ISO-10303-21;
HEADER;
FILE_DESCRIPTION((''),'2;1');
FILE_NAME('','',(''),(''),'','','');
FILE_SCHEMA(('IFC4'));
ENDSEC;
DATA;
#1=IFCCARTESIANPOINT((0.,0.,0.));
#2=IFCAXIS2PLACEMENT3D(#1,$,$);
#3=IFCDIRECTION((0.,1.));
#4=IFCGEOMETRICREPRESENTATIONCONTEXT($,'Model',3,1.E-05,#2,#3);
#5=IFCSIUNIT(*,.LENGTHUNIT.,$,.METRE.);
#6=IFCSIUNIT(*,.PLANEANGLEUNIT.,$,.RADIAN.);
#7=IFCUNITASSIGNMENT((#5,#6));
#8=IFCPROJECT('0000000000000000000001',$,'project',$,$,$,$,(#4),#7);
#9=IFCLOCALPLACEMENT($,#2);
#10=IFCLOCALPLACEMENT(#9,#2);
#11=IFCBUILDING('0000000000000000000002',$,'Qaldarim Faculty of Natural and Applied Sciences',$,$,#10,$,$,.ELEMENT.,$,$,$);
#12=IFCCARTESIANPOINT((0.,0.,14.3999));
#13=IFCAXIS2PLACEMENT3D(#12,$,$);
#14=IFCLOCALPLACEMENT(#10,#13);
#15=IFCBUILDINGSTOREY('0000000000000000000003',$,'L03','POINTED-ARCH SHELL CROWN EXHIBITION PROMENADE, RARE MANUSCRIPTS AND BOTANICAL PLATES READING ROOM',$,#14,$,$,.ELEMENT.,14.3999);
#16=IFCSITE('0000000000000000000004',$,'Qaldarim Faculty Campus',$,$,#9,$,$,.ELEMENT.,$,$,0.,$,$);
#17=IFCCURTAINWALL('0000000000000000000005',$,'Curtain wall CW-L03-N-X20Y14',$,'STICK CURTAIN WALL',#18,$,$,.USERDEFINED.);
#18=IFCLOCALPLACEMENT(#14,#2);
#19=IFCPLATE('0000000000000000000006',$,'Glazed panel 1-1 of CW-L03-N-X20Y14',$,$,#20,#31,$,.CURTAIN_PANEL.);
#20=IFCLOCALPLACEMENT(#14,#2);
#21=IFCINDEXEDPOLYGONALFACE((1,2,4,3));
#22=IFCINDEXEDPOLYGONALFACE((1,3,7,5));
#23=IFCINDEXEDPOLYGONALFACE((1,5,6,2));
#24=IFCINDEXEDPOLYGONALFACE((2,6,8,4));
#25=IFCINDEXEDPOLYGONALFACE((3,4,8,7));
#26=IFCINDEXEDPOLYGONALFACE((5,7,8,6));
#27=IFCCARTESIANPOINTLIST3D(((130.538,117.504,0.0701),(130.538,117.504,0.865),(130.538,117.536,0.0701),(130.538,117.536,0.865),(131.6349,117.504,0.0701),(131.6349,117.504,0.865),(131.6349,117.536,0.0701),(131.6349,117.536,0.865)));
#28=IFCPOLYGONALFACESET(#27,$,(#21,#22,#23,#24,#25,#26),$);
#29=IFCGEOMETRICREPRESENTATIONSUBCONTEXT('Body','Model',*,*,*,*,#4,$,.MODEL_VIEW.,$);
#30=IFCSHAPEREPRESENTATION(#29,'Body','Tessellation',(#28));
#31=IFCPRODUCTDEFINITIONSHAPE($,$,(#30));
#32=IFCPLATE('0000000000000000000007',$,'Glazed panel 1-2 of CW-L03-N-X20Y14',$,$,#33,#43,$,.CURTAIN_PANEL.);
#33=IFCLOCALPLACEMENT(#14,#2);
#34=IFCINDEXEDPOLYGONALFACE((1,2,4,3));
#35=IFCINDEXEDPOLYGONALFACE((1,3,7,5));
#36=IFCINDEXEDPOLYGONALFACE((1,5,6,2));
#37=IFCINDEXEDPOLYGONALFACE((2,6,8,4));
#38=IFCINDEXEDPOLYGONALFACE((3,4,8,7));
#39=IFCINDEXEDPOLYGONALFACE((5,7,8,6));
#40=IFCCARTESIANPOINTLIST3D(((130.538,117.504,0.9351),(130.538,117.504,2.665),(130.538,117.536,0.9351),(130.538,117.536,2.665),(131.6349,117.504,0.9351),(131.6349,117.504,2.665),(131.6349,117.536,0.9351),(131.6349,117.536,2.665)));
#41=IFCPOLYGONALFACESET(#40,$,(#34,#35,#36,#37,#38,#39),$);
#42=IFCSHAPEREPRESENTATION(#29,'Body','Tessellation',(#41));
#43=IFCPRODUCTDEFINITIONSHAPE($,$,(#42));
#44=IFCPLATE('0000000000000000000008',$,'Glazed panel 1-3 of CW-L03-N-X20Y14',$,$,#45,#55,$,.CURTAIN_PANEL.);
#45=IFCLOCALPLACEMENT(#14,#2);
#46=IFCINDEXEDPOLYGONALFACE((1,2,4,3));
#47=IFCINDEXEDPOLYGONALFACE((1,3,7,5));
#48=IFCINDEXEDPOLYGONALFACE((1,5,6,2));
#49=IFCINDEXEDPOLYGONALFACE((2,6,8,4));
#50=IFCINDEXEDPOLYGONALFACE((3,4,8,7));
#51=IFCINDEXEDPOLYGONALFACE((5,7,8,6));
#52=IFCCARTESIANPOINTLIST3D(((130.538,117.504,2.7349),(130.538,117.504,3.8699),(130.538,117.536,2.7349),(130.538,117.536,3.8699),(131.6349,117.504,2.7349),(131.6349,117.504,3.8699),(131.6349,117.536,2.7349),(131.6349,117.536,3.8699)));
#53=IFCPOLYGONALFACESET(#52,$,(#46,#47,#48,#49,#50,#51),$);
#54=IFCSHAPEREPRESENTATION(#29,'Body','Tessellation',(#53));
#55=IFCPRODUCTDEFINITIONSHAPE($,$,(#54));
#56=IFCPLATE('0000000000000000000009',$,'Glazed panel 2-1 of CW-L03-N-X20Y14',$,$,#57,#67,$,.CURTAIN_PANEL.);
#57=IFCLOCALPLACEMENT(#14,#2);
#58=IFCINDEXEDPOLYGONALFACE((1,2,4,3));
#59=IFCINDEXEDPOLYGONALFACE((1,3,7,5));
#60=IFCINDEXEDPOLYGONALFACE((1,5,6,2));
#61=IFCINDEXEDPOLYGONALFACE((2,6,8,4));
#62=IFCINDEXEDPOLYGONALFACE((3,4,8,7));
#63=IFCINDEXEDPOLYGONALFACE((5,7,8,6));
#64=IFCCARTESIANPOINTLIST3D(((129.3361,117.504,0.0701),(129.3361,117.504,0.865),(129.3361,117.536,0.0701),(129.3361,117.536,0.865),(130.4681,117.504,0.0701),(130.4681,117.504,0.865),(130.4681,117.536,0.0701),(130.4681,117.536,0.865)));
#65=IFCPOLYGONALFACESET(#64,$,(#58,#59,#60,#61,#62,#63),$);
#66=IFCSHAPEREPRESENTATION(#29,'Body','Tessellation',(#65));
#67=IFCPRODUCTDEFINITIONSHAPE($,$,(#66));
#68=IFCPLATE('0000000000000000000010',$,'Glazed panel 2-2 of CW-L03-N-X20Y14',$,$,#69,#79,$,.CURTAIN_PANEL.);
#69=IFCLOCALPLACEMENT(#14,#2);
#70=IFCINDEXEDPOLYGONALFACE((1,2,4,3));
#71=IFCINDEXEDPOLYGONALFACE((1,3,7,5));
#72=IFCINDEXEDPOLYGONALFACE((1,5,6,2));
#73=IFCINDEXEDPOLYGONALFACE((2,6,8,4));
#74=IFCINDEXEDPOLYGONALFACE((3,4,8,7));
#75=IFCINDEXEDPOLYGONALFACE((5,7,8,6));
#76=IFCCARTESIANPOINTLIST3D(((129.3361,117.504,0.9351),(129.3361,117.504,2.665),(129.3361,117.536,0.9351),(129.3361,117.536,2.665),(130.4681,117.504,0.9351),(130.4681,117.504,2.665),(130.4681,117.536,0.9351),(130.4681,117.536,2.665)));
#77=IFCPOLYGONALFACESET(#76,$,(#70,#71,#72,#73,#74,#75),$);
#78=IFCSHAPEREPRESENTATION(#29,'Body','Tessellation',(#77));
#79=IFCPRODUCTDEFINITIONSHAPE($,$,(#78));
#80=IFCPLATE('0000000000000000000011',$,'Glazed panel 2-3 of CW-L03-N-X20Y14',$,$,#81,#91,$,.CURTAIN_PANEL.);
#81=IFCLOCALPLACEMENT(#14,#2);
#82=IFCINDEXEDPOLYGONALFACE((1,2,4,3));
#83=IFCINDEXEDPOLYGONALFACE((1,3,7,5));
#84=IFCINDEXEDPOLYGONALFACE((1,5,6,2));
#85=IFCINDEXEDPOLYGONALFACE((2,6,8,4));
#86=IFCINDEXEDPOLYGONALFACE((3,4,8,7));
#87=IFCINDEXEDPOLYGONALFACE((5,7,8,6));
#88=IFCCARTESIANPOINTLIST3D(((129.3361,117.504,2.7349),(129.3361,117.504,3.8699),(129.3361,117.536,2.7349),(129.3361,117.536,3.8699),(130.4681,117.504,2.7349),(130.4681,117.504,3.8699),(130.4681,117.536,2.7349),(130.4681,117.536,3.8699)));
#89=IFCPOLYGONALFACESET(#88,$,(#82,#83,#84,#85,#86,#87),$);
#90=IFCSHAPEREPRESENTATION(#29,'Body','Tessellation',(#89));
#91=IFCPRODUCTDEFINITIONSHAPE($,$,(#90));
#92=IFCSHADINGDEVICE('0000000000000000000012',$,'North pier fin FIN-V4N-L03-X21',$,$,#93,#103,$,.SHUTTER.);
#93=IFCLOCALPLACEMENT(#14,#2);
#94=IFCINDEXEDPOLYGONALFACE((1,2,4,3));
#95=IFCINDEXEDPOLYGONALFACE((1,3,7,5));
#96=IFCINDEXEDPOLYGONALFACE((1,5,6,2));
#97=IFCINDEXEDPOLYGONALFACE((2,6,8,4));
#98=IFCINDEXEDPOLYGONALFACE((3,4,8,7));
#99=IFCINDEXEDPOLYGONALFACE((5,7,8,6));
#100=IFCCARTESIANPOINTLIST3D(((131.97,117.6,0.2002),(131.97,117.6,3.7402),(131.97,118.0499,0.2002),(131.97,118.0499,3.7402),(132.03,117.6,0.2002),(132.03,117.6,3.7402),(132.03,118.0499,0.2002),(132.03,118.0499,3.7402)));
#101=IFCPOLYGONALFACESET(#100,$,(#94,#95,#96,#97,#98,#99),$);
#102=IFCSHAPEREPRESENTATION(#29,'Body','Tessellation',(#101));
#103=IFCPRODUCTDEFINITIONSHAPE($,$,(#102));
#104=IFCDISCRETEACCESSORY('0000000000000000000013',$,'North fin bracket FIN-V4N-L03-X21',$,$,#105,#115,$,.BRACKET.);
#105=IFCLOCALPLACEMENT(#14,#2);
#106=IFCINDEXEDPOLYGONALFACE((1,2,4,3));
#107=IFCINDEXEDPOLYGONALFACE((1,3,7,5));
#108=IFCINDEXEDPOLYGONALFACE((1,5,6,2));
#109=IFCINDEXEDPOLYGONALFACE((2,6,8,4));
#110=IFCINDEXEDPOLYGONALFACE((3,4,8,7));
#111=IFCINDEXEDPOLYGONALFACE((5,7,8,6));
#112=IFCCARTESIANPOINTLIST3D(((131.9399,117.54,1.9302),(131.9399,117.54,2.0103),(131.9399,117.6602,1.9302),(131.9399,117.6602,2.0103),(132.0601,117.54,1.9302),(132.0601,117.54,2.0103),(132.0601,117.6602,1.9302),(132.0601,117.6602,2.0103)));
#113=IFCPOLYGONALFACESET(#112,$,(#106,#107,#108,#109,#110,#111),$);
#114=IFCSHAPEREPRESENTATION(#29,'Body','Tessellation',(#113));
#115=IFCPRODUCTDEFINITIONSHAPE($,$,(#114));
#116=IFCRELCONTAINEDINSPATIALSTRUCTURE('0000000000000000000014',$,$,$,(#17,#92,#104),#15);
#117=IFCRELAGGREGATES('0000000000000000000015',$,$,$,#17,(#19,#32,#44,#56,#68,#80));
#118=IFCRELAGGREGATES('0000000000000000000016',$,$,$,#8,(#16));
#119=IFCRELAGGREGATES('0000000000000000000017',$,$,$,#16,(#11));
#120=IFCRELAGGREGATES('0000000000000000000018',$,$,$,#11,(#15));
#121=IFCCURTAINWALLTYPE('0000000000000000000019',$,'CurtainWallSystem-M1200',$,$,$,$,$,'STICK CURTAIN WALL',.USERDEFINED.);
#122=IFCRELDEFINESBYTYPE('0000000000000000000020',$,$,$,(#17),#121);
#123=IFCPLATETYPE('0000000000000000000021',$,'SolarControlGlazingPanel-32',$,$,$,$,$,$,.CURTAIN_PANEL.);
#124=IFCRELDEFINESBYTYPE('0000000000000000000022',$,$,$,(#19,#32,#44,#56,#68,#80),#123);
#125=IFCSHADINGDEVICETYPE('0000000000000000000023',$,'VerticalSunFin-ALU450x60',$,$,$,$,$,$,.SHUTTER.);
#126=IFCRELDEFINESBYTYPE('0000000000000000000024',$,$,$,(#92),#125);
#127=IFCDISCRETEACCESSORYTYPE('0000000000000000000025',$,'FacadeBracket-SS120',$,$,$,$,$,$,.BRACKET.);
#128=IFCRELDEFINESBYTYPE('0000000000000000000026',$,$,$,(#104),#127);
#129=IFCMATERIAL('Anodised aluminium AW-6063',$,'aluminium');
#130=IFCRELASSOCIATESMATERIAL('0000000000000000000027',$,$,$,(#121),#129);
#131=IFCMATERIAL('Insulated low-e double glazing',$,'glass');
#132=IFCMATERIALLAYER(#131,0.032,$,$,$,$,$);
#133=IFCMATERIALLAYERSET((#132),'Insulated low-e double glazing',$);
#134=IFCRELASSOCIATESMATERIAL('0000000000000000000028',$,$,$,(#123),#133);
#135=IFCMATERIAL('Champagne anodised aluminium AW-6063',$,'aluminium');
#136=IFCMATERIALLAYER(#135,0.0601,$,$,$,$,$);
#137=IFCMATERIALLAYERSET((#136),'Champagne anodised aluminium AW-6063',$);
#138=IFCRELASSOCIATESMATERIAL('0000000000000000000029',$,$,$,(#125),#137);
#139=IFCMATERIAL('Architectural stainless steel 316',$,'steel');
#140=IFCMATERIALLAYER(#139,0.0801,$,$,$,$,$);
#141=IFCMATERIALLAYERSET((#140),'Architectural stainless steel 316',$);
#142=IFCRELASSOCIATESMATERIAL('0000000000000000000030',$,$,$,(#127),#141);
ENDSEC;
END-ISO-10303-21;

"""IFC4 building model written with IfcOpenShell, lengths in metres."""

from ifc_helpers import new_model, si_unit, direction, frame, origin, origin_2d, place, context, subcontext, project, spatial, rectangle, extrude, material, layer, layer_set, type_object, element, aggregate, save


model = new_model("IFC4")

# Units and contexts
model_context = context("Model", 3, precision=1e-05, world=origin(), true_north=direction((0.0, 1.0)))
body_context = subcontext(model_context, "Body", "Model", "MODEL_VIEW")
ifc_project = project(units=[si_unit("LENGTHUNIT", "METRE"), si_unit("PLANEANGLEUNIT", "RADIAN")], contexts=[model_context])

# Site, building, storey
site_placement = place(None, origin())
site = spatial("IfcSite", under=ifc_project, at=site_placement, Name="Qaldarim Faculty Campus", CompositionType="ELEMENT", RefElevation=0.0)
building_placement = place(site_placement, origin())
building = spatial("IfcBuilding", under=site, at=building_placement, Name="Qaldarim Faculty of Natural and Applied Sciences", CompositionType="ELEMENT")
storey_placement = place(building_placement, frame((0.0, 0.0, 14.3999)))
storey = spatial("IfcBuildingStorey", under=building, at=storey_placement, Name="L03", Description="POINTED-ARCH SHELL CROWN EXHIBITION PROMENADE, RARE MANUSCRIPTS AND BOTANICAL PLATES READING ROOM", CompositionType="ELEMENT", Elevation=14.3999)

# Curtain wall
ifc_material_1 = material(Name="Anodised aluminium AW-6063", Category="aluminium")
curtain_wall_type = type_object("IfcCurtainWallType", Name="CurtainWallSystem-M1200", ElementType="STICK CURTAIN WALL", PredefinedType="USERDEFINED", material=ifc_material_1)
curtain_wall_placement = place(storey_placement, origin())
curtain_wall = element("IfcCurtainWall", 1, at=curtain_wall_placement, inside=storey, type_object=curtain_wall_type, Name="Curtain wall CW-L03-N-X20Y14", ObjectType="STICK CURTAIN WALL", PredefinedType="USERDEFINED")

# Plates
ifc_material_2 = material(Name="Insulated low-e double glazing", Category="glass")
ifc_layer_1 = layer(ifc_material_2, 0.032)
ifc_layer_set_1 = layer_set([ifc_layer_1], Name="Insulated low-e double glazing")
plate_type = type_object("IfcPlateType", Name="SolarControlGlazingPanel-32", PredefinedType="CURTAIN_PANEL", material=ifc_layer_set_1)
plate_1_placement = place(storey_placement, frame((131.0864, 117.52, 0.0701), z_axis=(0.0, 0.0, 1.0), x_axis=(-1.0, 0.0, 0.0)))
plate_1 = element("IfcPlate", 2, at=plate_1_placement, type_object=plate_type, Name="Glazed panel 1-1 of CW-L03-N-X20Y14", PredefinedType="CURTAIN_PANEL", context=body_context, shape_type="SweptSolid", body=[
    extrude(rectangle(XDim=1.0969, YDim=0.032, at=origin_2d()), origin(), (0.0, 0.0, 1.0), 0.7949),
])
plate_2_placement = place(storey_placement, frame((131.0864, 117.52, 0.9351), z_axis=(0.0, 0.0, 1.0), x_axis=(-1.0, 0.0, 0.0)))
plate_2 = element("IfcPlate", 3, at=plate_2_placement, type_object=plate_type, Name="Glazed panel 1-2 of CW-L03-N-X20Y14", PredefinedType="CURTAIN_PANEL", context=body_context, shape_type="SweptSolid", body=[
    extrude(rectangle(XDim=1.0969, YDim=0.032, at=origin_2d()), origin(), (0.0, 0.0, 1.0), 1.73),
])
plate_3_placement = place(storey_placement, frame((131.0864, 117.52, 2.7349), z_axis=(0.0, 0.0, 1.0), x_axis=(-1.0, 0.0, 0.0)))
plate_3 = element("IfcPlate", 4, at=plate_3_placement, type_object=plate_type, Name="Glazed panel 1-3 of CW-L03-N-X20Y14", PredefinedType="CURTAIN_PANEL", context=body_context, shape_type="SweptSolid", body=[
    extrude(rectangle(XDim=1.0969, YDim=0.032, at=origin_2d()), origin(), (0.0, 0.0, 1.0), 1.135),
])
plate_4_placement = place(storey_placement, frame((129.9021, 117.52, 0.0701), z_axis=(0.0, 0.0, 1.0), x_axis=(-1.0, 0.0, 0.0)))
plate_4 = element("IfcPlate", 5, at=plate_4_placement, type_object=plate_type, Name="Glazed panel 2-1 of CW-L03-N-X20Y14", PredefinedType="CURTAIN_PANEL", context=body_context, shape_type="SweptSolid", body=[
    extrude(rectangle(XDim=1.1321, YDim=0.032, at=origin_2d()), origin(), (0.0, 0.0, 1.0), 0.7949),
])
plate_5_placement = place(storey_placement, frame((129.9021, 117.52, 0.9351), z_axis=(0.0, 0.0, 1.0), x_axis=(-1.0, 0.0, 0.0)))
plate_5 = element("IfcPlate", 6, at=plate_5_placement, type_object=plate_type, Name="Glazed panel 2-2 of CW-L03-N-X20Y14", PredefinedType="CURTAIN_PANEL", context=body_context, shape_type="SweptSolid", body=[
    extrude(rectangle(XDim=1.1321, YDim=0.032, at=origin_2d()), origin(), (0.0, 0.0, 1.0), 1.73),
])
plate_6_placement = place(storey_placement, frame((129.9021, 117.52, 2.7349), z_axis=(0.0, 0.0, 1.0), x_axis=(-1.0, 0.0, 0.0)))
plate_6 = element("IfcPlate", 7, at=plate_6_placement, type_object=plate_type, Name="Glazed panel 2-3 of CW-L03-N-X20Y14", PredefinedType="CURTAIN_PANEL", context=body_context, shape_type="SweptSolid", body=[
    extrude(rectangle(XDim=1.1321, YDim=0.032, at=origin_2d()), origin(), (0.0, 0.0, 1.0), 1.135),
])
aggregate(curtain_wall, [plate_1, plate_2, plate_3, plate_4, plate_5, plate_6])

# Shading device
ifc_material_3 = material(Name="Champagne anodised aluminium AW-6063", Category="aluminium")
ifc_layer_2 = layer(ifc_material_3, 0.0601)
ifc_layer_set_2 = layer_set([ifc_layer_2], Name="Champagne anodised aluminium AW-6063")
shading_device_type = type_object("IfcShadingDeviceType", Name="VerticalSunFin-ALU450x60", PredefinedType="SHUTTER", material=ifc_layer_set_2)
shading_device_placement = place(storey_placement, frame((132.0, 117.825, 0.2002), z_axis=(0.0, 0.0, 1.0), x_axis=(1.0, 0.0, 0.0)))
element("IfcShadingDevice", 8, at=shading_device_placement, inside=storey, type_object=shading_device_type, Name="North pier fin FIN-V4N-L03-X21", PredefinedType="SHUTTER", context=body_context, shape_type="SweptSolid", body=[
    extrude(rectangle(XDim=0.0601, YDim=0.45, at=origin_2d()), origin(), (0.0, 0.0, 1.0), 3.54),
])

# Discrete accessory
ifc_material_4 = material(Name="Architectural stainless steel 316", Category="steel")
ifc_layer_3 = layer(ifc_material_4, 0.0801)
ifc_layer_set_3 = layer_set([ifc_layer_3], Name="Architectural stainless steel 316")
discrete_accessory_type = type_object("IfcDiscreteAccessoryType", Name="FacadeBracket-SS120", PredefinedType="BRACKET", material=ifc_layer_set_3)
discrete_accessory_placement = place(storey_placement, frame((132.0, 117.6001, 1.9302), z_axis=(0.0, 0.0, 1.0), x_axis=(1.0, 0.0, 0.0)))
element("IfcDiscreteAccessory", 9, at=discrete_accessory_placement, inside=storey, type_object=discrete_accessory_type, Name="North fin bracket FIN-V4N-L03-X21", PredefinedType="BRACKET", context=body_context, shape_type="SweptSolid", body=[
    extrude(rectangle(XDim=0.1201, YDim=0.1201, at=origin_2d()), origin(), (0.0, 0.0, 1.0), 0.0801),
])

save(model, "model.ifc")
